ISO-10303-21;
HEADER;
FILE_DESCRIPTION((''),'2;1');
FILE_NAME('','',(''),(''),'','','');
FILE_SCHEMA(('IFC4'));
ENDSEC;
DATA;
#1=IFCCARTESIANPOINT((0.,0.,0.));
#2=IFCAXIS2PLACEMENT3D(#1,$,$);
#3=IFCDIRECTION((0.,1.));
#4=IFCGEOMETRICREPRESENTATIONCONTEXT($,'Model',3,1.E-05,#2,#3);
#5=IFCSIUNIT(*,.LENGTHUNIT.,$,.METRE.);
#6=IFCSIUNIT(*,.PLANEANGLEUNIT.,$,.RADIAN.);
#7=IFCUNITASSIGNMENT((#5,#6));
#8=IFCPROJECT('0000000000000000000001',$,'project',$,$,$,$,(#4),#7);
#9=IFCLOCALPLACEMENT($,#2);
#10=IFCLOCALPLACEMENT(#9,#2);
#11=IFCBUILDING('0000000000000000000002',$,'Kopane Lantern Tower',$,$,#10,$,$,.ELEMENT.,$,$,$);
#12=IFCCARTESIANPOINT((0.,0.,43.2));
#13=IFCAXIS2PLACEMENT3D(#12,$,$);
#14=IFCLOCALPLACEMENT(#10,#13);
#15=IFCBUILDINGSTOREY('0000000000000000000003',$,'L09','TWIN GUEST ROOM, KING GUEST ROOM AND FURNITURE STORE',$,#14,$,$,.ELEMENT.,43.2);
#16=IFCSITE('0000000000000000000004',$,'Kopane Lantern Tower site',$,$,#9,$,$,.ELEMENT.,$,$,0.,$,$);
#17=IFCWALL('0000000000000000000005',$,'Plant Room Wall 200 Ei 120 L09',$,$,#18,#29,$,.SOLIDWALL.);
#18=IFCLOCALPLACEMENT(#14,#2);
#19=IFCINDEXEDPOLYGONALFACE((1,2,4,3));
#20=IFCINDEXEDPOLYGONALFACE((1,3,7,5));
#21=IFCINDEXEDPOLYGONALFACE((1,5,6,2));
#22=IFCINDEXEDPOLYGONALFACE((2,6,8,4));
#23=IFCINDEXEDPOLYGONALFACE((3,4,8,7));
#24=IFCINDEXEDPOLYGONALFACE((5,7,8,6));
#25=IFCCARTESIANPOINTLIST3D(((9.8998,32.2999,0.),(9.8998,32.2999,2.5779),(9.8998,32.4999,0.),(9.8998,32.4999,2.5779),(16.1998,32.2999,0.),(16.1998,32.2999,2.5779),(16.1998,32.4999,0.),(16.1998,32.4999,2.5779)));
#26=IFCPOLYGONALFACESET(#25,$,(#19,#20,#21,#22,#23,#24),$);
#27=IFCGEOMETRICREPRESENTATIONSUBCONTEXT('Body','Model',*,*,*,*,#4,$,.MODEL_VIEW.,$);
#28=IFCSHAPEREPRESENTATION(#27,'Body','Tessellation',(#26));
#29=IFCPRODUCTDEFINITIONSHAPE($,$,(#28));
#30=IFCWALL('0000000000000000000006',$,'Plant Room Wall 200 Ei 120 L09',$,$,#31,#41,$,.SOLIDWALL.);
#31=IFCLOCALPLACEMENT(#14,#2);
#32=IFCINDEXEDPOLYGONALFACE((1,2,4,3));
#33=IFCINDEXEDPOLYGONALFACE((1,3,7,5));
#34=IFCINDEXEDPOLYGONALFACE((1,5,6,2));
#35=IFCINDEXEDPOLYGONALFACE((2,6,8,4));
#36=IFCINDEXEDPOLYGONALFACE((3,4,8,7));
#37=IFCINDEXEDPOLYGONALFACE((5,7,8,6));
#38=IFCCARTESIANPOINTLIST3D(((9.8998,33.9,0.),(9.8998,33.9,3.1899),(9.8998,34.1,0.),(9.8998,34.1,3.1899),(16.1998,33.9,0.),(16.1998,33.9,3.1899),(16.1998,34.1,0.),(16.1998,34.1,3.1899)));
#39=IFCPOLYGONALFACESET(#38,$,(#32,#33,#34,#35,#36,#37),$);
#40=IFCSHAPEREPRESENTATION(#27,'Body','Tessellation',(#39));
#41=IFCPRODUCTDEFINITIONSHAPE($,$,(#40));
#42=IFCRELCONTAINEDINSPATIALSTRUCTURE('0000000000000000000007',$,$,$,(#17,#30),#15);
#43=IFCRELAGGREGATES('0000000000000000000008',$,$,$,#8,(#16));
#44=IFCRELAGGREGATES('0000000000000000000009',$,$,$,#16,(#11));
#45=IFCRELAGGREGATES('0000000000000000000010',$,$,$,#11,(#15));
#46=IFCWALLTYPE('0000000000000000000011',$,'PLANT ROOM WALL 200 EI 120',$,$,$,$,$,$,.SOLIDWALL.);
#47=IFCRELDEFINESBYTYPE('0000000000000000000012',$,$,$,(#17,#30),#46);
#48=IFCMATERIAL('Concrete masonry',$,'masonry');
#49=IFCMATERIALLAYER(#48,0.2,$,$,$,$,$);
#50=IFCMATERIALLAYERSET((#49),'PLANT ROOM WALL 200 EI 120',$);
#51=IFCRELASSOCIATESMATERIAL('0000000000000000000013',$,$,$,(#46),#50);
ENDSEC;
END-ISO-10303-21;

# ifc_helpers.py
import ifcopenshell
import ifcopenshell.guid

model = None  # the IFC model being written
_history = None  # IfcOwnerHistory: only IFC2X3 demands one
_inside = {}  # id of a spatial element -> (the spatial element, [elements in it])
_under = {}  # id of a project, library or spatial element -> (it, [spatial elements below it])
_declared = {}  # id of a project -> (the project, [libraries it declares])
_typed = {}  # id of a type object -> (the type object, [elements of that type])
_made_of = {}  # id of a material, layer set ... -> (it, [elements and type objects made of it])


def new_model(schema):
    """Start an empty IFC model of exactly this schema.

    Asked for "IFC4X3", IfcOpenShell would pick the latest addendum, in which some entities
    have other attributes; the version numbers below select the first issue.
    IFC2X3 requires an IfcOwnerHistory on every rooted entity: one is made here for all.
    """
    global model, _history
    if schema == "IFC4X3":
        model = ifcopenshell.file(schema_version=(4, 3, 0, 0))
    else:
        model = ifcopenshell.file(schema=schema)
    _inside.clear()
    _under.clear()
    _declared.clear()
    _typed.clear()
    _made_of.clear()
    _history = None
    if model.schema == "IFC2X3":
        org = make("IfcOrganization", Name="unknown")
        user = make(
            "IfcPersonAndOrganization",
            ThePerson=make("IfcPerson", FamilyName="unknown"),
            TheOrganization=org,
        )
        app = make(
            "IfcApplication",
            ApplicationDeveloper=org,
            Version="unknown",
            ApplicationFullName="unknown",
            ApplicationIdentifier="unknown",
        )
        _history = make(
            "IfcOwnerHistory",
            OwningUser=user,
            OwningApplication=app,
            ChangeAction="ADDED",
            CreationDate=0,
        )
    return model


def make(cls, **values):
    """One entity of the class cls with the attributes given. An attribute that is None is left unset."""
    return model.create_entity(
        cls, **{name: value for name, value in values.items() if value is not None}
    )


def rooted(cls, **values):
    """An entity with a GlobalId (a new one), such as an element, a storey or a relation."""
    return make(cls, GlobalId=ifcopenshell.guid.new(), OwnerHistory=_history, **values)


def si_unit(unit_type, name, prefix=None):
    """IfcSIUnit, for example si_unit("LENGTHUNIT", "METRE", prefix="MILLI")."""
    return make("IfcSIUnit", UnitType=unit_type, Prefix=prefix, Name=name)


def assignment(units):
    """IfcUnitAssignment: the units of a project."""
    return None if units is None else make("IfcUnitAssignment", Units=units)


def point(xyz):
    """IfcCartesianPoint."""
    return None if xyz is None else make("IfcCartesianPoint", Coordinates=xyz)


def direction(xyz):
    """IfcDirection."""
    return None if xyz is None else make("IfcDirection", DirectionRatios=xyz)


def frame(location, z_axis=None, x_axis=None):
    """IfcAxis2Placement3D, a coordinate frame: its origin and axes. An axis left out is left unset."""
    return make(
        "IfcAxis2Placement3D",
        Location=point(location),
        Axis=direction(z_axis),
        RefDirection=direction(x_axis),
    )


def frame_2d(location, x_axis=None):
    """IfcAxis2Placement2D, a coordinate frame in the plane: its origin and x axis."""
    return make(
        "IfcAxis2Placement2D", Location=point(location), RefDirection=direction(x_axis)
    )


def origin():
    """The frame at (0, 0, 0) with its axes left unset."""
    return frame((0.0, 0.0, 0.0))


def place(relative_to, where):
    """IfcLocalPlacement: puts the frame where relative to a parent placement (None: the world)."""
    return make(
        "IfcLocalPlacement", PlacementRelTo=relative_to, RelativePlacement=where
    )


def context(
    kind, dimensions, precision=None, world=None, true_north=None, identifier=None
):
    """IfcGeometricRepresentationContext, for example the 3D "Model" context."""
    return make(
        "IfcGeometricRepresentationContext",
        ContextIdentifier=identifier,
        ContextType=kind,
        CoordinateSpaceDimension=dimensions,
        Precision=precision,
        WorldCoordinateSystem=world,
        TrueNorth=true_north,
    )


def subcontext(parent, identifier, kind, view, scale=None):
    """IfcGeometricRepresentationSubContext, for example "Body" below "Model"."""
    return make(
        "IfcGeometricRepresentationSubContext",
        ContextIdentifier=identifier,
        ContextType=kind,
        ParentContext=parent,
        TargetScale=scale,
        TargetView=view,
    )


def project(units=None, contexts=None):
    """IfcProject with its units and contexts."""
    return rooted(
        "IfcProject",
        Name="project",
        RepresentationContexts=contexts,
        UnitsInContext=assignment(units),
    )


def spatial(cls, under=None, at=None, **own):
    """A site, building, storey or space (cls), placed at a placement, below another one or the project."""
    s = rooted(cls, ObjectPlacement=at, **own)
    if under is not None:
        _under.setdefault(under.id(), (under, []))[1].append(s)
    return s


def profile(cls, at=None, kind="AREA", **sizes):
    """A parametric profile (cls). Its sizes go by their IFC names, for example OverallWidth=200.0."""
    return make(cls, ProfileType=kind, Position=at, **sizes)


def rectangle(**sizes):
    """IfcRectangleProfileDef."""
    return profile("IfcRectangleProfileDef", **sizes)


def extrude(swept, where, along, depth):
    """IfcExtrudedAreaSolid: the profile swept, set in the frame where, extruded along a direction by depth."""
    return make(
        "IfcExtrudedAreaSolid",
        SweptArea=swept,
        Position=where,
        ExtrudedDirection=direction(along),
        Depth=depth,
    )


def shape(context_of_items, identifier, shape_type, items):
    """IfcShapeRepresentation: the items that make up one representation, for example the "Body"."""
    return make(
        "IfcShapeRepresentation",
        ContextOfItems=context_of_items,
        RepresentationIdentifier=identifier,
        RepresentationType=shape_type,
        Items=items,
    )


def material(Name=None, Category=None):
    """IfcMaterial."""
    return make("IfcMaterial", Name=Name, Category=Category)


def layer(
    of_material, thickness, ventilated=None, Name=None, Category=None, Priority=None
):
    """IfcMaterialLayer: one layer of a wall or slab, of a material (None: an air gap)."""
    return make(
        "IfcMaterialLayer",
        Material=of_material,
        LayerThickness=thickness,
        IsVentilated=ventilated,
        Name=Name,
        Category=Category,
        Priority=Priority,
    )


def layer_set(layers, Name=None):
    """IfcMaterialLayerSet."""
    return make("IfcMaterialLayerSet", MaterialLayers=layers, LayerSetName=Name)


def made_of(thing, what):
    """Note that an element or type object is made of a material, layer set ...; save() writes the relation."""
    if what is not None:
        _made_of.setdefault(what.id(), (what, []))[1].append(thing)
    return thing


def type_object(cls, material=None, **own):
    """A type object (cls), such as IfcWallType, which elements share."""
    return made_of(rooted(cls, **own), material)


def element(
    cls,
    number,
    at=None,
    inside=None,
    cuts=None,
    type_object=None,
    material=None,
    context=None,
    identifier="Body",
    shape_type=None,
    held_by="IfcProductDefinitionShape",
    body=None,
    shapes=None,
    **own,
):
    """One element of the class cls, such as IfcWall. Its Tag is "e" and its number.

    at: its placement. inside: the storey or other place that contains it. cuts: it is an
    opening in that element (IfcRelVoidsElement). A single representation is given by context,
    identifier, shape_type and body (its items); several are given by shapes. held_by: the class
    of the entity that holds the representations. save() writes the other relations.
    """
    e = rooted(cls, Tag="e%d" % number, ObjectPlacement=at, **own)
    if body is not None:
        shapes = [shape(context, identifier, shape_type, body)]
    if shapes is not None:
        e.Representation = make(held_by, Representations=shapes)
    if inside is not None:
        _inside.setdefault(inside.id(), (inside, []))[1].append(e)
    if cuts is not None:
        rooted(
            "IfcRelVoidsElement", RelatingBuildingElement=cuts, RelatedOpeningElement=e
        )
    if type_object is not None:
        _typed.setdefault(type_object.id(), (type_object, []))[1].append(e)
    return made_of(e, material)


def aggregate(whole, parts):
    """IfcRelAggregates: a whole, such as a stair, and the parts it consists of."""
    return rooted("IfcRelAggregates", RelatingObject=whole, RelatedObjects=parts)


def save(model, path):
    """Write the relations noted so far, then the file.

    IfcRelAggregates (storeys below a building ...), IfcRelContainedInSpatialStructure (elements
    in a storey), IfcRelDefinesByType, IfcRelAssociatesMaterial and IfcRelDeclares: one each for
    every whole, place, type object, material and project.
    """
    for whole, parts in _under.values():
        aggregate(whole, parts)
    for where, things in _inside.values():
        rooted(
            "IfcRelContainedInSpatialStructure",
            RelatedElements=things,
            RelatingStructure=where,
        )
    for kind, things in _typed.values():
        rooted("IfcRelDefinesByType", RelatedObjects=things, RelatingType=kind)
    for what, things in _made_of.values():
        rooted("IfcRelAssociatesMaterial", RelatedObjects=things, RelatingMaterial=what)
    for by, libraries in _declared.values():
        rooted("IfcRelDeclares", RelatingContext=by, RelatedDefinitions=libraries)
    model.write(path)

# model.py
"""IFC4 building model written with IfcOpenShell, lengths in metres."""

from ifc_helpers import new_model, si_unit, direction, frame, frame_2d, origin, place, context, subcontext, project, spatial, rectangle, extrude, material, layer, layer_set, type_object, element, save


model = new_model("IFC4")

# Units and contexts
model_context = context("Model", 3, precision=1e-05, world=origin(), true_north=direction((0.0, 1.0)))
body_context = subcontext(model_context, "Body", "Model", "MODEL_VIEW")
ifc_project = project(units=[si_unit("LENGTHUNIT", "METRE"), si_unit("PLANEANGLEUNIT", "RADIAN")], contexts=[model_context])

# Site, building, storey
site_placement = place(None, origin())
site = spatial("IfcSite", under=ifc_project, at=site_placement, Name="Kopane Lantern Tower site", CompositionType="ELEMENT", RefElevation=0.0)
building_placement = place(site_placement, origin())
building = spatial("IfcBuilding", under=site, at=building_placement, Name="Kopane Lantern Tower", CompositionType="ELEMENT")
storey_placement = place(building_placement, frame((0.0, 0.0, 43.2)))
storey = spatial("IfcBuildingStorey", under=building, at=storey_placement, Name="L09", Description="TWIN GUEST ROOM, KING GUEST ROOM AND FURNITURE STORE", CompositionType="ELEMENT", Elevation=43.2)

# Walls
ifc_material_1 = material(Name="Concrete masonry", Category="masonry")
ifc_layer_1 = layer(ifc_material_1, 0.2)
ifc_layer_set_1 = layer_set([ifc_layer_1], Name="PLANT ROOM WALL 200 EI 120")
wall_type_1 = type_object("IfcWallType", Name="PLANT ROOM WALL 200 EI 120", PredefinedType="SOLIDWALL", material=ifc_layer_set_1)
wall_1_placement = place(storey_placement, frame((9.8999, 32.3999, 0.0), z_axis=(0.0, 0.0, 1.0), x_axis=(1.0, 0.0, 0.0)))
element("IfcWall", 1, at=wall_1_placement, inside=storey, type_object=wall_type_1, Name="Plant Room Wall 200 Ei 120 L09", PredefinedType="SOLIDWALL", context=body_context, shape_type="SweptSolid", body=[
    extrude(rectangle(XDim=6.3, YDim=0.2, at=frame_2d((3.1499, 0.0))), origin(), (0.0, 0.0, 1.0), 2.5779),
])
wall_2_placement = place(storey_placement, frame((9.8999, 34.0, 0.0), z_axis=(0.0, 0.0, 1.0), x_axis=(1.0, 0.0, 0.0)))
element("IfcWall", 2, at=wall_2_placement, inside=storey, type_object=wall_type_1, Name="Plant Room Wall 200 Ei 120 L09", PredefinedType="SOLIDWALL", context=body_context, shape_type="SweptSolid", body=[
    extrude(rectangle(XDim=6.3, YDim=0.2, at=frame_2d((3.1499, 0.0))), origin(), (0.0, 0.0, 1.0), 3.1899),
])

save(model, "model.ifc")
